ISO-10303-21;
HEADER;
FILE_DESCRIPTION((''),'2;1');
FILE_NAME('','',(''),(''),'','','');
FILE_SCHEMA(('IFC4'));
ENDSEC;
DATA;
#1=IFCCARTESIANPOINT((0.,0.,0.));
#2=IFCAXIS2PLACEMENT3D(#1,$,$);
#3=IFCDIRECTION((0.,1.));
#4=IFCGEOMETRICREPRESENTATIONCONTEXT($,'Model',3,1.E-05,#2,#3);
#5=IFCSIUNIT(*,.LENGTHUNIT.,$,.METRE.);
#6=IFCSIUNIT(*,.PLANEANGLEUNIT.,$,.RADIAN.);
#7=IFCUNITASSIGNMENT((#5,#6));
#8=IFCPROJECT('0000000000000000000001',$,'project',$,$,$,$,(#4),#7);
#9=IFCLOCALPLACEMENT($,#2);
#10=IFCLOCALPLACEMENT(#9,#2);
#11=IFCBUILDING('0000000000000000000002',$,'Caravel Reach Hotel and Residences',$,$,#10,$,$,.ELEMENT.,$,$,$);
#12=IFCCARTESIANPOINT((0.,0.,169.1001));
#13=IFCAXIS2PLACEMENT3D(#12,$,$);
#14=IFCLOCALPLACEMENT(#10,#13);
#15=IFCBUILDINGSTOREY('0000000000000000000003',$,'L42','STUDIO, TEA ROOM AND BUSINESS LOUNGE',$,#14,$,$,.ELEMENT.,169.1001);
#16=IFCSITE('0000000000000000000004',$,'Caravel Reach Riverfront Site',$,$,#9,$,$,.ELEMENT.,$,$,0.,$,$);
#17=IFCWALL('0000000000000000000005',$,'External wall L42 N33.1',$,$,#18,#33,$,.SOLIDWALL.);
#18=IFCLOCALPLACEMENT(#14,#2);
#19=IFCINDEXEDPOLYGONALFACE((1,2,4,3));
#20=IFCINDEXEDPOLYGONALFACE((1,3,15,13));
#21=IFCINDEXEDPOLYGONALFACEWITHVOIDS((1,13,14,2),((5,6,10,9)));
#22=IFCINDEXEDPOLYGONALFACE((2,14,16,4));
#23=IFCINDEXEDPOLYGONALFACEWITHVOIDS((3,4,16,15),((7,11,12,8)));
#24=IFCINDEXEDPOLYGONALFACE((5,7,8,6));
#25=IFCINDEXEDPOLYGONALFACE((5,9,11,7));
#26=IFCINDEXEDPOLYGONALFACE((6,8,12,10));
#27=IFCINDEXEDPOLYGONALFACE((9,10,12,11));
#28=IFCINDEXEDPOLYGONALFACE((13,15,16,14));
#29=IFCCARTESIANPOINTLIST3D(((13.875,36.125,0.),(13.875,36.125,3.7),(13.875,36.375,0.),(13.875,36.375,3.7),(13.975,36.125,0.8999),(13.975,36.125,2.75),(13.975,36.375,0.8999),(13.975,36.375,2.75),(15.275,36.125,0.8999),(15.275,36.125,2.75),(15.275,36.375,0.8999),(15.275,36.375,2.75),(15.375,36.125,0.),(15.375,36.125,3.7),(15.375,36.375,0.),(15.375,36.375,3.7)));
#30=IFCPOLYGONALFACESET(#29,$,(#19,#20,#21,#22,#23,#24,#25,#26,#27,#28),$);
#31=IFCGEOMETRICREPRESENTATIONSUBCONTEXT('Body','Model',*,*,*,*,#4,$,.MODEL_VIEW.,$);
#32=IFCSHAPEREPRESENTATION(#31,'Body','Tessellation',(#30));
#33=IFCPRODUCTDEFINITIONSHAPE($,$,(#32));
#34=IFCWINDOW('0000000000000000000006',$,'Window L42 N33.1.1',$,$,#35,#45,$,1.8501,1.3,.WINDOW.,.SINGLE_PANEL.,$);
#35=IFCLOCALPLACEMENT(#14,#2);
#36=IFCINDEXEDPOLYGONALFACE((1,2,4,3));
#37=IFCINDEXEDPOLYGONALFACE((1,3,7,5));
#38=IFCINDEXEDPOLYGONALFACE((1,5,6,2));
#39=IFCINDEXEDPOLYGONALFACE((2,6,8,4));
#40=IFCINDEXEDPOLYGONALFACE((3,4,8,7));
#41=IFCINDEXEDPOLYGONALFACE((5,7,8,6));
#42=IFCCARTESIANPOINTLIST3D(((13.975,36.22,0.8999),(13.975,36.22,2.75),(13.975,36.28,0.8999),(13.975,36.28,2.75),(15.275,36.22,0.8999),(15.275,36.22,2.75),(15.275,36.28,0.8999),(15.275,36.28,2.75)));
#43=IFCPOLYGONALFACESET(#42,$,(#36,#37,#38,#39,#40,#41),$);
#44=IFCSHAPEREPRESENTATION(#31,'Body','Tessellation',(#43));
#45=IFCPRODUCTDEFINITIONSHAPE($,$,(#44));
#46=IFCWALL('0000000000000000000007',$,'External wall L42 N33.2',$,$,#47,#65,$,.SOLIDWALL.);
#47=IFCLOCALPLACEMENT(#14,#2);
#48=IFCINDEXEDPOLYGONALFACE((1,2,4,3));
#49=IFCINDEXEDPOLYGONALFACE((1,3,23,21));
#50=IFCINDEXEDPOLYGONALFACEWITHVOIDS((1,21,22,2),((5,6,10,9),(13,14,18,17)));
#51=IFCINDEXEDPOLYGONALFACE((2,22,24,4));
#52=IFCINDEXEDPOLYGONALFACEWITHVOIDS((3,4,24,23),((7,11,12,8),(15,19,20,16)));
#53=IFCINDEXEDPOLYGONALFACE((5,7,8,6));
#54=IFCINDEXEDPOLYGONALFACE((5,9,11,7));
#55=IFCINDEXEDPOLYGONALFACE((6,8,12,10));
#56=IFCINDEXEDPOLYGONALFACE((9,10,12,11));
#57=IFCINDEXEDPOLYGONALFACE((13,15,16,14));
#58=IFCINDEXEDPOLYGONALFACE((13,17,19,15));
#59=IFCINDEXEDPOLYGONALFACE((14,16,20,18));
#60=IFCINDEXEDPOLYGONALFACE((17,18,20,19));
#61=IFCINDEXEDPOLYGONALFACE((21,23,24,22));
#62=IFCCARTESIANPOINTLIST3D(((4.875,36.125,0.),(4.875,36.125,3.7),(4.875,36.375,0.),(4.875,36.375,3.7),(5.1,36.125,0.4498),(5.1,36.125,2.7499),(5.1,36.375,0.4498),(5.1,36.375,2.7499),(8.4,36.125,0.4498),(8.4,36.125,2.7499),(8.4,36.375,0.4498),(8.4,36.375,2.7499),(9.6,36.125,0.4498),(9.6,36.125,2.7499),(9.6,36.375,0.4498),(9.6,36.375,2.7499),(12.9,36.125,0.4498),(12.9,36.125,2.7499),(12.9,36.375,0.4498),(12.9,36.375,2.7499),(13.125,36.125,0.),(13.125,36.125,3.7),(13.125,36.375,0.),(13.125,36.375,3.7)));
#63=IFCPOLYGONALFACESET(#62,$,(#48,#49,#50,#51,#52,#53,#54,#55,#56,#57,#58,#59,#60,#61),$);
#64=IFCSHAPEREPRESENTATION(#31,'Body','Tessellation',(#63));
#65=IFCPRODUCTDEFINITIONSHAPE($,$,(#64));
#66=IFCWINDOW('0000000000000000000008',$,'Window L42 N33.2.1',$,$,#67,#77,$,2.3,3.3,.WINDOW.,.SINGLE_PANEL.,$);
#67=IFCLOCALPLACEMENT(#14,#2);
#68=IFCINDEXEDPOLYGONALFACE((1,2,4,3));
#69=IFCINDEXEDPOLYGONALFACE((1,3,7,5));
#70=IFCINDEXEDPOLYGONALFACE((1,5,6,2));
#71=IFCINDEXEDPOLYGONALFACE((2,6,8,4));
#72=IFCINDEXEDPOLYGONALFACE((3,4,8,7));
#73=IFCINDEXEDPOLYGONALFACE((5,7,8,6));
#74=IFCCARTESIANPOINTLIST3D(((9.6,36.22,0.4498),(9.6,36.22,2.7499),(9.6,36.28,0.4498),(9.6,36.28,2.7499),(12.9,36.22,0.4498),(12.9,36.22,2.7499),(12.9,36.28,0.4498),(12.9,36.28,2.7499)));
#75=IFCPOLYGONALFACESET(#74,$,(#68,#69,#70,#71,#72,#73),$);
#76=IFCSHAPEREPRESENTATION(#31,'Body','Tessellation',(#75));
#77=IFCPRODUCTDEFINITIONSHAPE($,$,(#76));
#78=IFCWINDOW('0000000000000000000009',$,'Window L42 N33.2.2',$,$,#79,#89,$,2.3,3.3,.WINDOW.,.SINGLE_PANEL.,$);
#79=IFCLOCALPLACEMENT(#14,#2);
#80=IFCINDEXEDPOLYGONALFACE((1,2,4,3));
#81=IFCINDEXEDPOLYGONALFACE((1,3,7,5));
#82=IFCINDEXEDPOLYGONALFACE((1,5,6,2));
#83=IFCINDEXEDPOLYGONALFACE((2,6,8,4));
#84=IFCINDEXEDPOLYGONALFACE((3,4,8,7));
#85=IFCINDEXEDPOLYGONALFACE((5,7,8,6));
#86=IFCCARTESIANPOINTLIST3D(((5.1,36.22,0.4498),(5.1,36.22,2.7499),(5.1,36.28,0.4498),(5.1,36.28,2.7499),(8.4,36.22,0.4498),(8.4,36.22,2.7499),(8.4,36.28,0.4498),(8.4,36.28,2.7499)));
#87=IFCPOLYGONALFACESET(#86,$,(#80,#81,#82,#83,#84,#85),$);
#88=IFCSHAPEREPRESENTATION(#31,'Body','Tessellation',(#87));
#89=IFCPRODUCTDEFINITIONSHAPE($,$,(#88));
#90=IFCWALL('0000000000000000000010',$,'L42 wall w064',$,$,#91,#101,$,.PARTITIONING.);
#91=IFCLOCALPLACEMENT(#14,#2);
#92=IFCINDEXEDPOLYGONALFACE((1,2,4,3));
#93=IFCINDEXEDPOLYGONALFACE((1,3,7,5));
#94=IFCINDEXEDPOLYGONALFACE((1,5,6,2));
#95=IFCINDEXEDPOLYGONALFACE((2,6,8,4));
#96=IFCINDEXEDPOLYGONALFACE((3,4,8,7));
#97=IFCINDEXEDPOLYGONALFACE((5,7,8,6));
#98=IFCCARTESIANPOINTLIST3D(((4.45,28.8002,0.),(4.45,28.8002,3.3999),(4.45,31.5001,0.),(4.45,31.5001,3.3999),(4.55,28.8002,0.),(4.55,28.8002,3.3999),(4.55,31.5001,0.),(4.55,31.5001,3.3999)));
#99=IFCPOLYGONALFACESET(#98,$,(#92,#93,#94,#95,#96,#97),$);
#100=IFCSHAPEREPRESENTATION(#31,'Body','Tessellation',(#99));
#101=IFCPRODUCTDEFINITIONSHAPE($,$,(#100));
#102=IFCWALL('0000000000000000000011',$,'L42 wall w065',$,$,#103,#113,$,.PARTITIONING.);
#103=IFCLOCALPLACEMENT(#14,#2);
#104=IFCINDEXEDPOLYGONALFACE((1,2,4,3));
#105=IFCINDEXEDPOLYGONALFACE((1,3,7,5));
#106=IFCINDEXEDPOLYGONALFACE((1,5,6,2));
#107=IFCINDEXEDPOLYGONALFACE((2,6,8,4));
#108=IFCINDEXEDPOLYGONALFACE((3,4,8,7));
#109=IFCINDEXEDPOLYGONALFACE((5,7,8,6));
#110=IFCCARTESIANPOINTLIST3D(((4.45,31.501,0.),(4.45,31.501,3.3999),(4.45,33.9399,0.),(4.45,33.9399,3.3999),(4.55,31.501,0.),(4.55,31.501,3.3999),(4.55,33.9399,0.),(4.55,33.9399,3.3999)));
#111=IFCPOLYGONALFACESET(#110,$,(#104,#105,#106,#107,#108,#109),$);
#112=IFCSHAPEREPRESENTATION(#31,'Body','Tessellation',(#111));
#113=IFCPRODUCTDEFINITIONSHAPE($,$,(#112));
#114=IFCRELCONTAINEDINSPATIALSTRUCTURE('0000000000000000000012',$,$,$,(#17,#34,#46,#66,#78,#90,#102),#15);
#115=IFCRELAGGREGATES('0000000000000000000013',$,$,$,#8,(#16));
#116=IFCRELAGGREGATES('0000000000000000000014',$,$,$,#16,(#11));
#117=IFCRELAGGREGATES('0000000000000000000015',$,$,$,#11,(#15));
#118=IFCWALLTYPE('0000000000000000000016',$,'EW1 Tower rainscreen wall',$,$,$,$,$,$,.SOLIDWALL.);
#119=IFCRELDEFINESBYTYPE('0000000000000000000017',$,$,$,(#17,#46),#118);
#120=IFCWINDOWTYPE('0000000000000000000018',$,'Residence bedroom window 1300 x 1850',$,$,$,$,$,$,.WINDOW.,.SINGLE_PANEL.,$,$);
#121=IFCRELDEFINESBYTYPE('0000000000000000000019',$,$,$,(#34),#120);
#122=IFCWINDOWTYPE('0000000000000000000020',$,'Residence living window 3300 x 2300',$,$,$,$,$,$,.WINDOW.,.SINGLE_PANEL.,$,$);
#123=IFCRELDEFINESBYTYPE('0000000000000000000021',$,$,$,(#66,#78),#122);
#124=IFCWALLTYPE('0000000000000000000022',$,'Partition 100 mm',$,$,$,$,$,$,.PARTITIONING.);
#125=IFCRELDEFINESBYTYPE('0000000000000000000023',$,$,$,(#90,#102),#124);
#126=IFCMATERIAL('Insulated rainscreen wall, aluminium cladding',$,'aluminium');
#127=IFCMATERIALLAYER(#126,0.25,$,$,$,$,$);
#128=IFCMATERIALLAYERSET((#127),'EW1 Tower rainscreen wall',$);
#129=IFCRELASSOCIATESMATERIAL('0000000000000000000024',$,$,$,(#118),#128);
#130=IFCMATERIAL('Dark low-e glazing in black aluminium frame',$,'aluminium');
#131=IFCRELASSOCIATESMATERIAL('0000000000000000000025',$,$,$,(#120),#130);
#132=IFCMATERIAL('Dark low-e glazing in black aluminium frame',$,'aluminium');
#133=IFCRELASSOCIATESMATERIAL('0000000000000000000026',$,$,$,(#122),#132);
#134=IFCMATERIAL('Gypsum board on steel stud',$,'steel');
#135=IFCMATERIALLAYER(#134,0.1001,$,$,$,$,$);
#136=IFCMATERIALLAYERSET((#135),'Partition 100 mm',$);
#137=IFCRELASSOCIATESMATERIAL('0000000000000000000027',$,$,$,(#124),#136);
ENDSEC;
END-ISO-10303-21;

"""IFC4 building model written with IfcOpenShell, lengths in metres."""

from ifc_helpers import new_model, si_unit, direction, frame, frame_2d, origin, place, context, subcontext, project, spatial, rectangle, extrude, material, layer, layer_set, type_object, element, fill, save


model = new_model("IFC4")

# Units and contexts
model_context = context("Model", 3, precision=1e-05, world=origin(), true_north=direction((0.0, 1.0)))
body_context = subcontext(model_context, "Body", "Model", "MODEL_VIEW")
ifc_project = project(units=[si_unit("LENGTHUNIT", "METRE"), si_unit("PLANEANGLEUNIT", "RADIAN")], contexts=[model_context])

# Site, building, storey
site_placement = place(None, origin())
site = spatial("IfcSite", under=ifc_project, at=site_placement, Name="Caravel Reach Riverfront Site", CompositionType="ELEMENT", RefElevation=0.0)
building_placement = place(site_placement, origin())
building = spatial("IfcBuilding", under=site, at=building_placement, Name="Caravel Reach Hotel and Residences", CompositionType="ELEMENT")
storey_placement = place(building_placement, frame((0.0, 0.0, 169.1001)))
storey = spatial("IfcBuildingStorey", under=building, at=storey_placement, Name="L42", Description="STUDIO, TEA ROOM AND BUSINESS LOUNGE", CompositionType="ELEMENT", Elevation=169.1001)

# Wall, opening, window
ifc_material_1 = material(Name="Insulated rainscreen wall, aluminium cladding", Category="aluminium")
ifc_layer_1 = layer(ifc_material_1, 0.25)
ifc_layer_set_1 = layer_set([ifc_layer_1], Name="EW1 Tower rainscreen wall")
wall_type_1 = type_object("IfcWallType", Name="EW1 Tower rainscreen wall", PredefinedType="SOLIDWALL", material=ifc_layer_set_1)
ifc_material_2 = material(Name="Dark low-e glazing in black aluminium frame", Category="aluminium")
window_type_1 = type_object("IfcWindowType", Name="Residence bedroom window 1300 x 1850", PartitioningType="SINGLE_PANEL", PredefinedType="WINDOW", material=ifc_material_2)
wall_1_placement = place(storey_placement, frame((15.375, 36.25, 0.0), z_axis=(0.0, 0.0, 1.0), x_axis=(-1.0, 0.0, 0.0)))
wall_1 = element("IfcWall", 1, at=wall_1_placement, inside=storey, type_object=wall_type_1, Name="External wall L42 N33.1", PredefinedType="SOLIDWALL", context=body_context, shape_type="SweptSolid", body=[
    extrude(rectangle(XDim=1.5, YDim=0.25, at=frame_2d((0.75, 0.0))), origin(), (0.0, 0.0, 1.0), 3.7),
])
opening_1_placement = place(wall_1_placement, frame((0.1001, 0.0, 0.8999)))
opening_1 = element("IfcOpeningElement", 2, at=opening_1_placement, cuts=wall_1, PredefinedType="OPENING", context=body_context, shape_type="SweptSolid", body=[
    extrude(rectangle(XDim=1.3, YDim=1.8501, at=frame_2d((0.6499, 0.925))), frame((0.0, 0.135, 0.0), z_axis=(0.0, -1.0, 0.0), x_axis=(1.0, 0.0, 0.0)), (0.0, 0.0, 1.0), 0.27),
])
window_1_placement = place(opening_1_placement, origin())
window_1 = element("IfcWindow", 3, at=window_1_placement, inside=storey, type_object=window_type_1, Name="Window L42 N33.1.1", OverallHeight=1.8501, OverallWidth=1.3, PartitioningType="SINGLE_PANEL", PredefinedType="WINDOW", context=body_context, shape_type="SweptSolid", body=[
    extrude(rectangle(XDim=1.3, YDim=1.8501, at=frame_2d((0.6499, 0.925))), frame((0.0, 0.03, 0.0), z_axis=(0.0, -1.0, 0.0), x_axis=(1.0, 0.0, 0.0)), (0.0, 0.0, 1.0), 0.0601),
])
fill(opening_1, window_1)

# Wall, openings, windows
wall_2_placement = place(storey_placement, frame((13.125, 36.25, 0.0), z_axis=(0.0, 0.0, 1.0), x_axis=(-1.0, 0.0, 0.0)))
wall_2 = element("IfcWall", 4, at=wall_2_placement, inside=storey, type_object=wall_type_1, Name="External wall L42 N33.2", PredefinedType="SOLIDWALL", context=body_context, shape_type="SweptSolid", body=[
    extrude(rectangle(XDim=8.25, YDim=0.25, at=frame_2d((4.125, 0.0))), origin(), (0.0, 0.0, 1.0), 3.7),
])
opening_2_placement = place(wall_2_placement, frame((0.2251, 0.0, 0.45)))
opening_2 = element("IfcOpeningElement", 5, at=opening_2_placement, cuts=wall_2, PredefinedType="OPENING", context=body_context, shape_type="SweptSolid", body=[
    extrude(rectangle(XDim=3.3, YDim=2.3, at=frame_2d((1.6499, 1.1499))), frame((0.0, 0.135, 0.0), z_axis=(0.0, -1.0, 0.0), x_axis=(1.0, 0.0, 0.0)), (0.0, 0.0, 1.0), 0.27),
])
opening_3_placement = place(wall_2_placement, frame((4.7251, 0.0, 0.45)))
opening_3 = element("IfcOpeningElement", 6, at=opening_3_placement, cuts=wall_2, PredefinedType="OPENING", context=body_context, shape_type="SweptSolid", body=[
    extrude(rectangle(XDim=3.3, YDim=2.3, at=frame_2d((1.6499, 1.1499))), frame((0.0, 0.135, 0.0), z_axis=(0.0, -1.0, 0.0), x_axis=(1.0, 0.0, 0.0)), (0.0, 0.0, 1.0), 0.27),
])
ifc_material_3 = material(Name="Dark low-e glazing in black aluminium frame", Category="aluminium")
window_type_2 = type_object("IfcWindowType", Name="Residence living window 3300 x 2300", PartitioningType="SINGLE_PANEL", PredefinedType="WINDOW", material=ifc_material_3)
window_2_placement = place(opening_2_placement, origin())
window_2 = element("IfcWindow", 7, at=window_2_placement, inside=storey, type_object=window_type_2, Name="Window L42 N33.2.1", OverallHeight=2.3, OverallWidth=3.3, PartitioningType="SINGLE_PANEL", PredefinedType="WINDOW", context=body_context, shape_type="SweptSolid", body=[
    extrude(rectangle(XDim=3.3, YDim=2.3, at=frame_2d((1.6499, 1.1499))), frame((0.0, 0.03, 0.0), z_axis=(0.0, -1.0, 0.0), x_axis=(1.0, 0.0, 0.0)), (0.0, 0.0, 1.0), 0.0601),
])
fill(opening_2, window_2)
window_3_placement = place(opening_3_placement, origin())
window_3 = element("IfcWindow", 8, at=window_3_placement, inside=storey, type_object=window_type_2, Name="Window L42 N33.2.2", OverallHeight=2.3, OverallWidth=3.3, PartitioningType="SINGLE_PANEL", PredefinedType="WINDOW", context=body_context, shape_type="SweptSolid", body=[
    extrude(rectangle(XDim=3.3, YDim=2.3, at=frame_2d((1.6499, 1.1499))), frame((0.0, 0.03, 0.0), z_axis=(0.0, -1.0, 0.0), x_axis=(1.0, 0.0, 0.0)), (0.0, 0.0, 1.0), 0.0601),
])
fill(opening_3, window_3)

# Walls
ifc_material_4 = material(Name="Gypsum board on steel stud", Category="steel")
ifc_layer_2 = layer(ifc_material_4, 0.1001)
ifc_layer_set_2 = layer_set([ifc_layer_2], Name="Partition 100 mm")
wall_type_2 = type_object("IfcWallType", Name="Partition 100 mm", PredefinedType="PARTITIONING", material=ifc_layer_set_2)
wall_3_placement = place(storey_placement, frame((4.5, 28.8, 0.0), z_axis=(0.0, 0.0, 1.0), x_axis=(0.0, 1.0, 0.0)))
element("IfcWall", 9, at=wall_3_placement, inside=storey, type_object=wall_type_2, Name="L42 wall w064", PredefinedType="PARTITIONING", context=body_context, shape_type="SweptSolid", body=[
    extrude(rectangle(XDim=2.7, YDim=0.1001, at=frame_2d((1.3501, 0.0))), origin(), (0.0, 0.0, 1.0), 3.3999),
])
wall_4_placement = place(storey_placement, frame((4.5, 31.501, 0.0), z_axis=(0.0, 0.0, 1.0), x_axis=(0.0, 1.0, 0.0)))
element("IfcWall", 10, at=wall_4_placement, inside=storey, type_object=wall_type_2, Name="L42 wall w065", PredefinedType="PARTITIONING", context=body_context, shape_type="SweptSolid", body=[
    extrude(rectangle(XDim=2.439, YDim=0.1001, at=frame_2d((1.2195, 0.0))), origin(), (0.0, 0.0, 1.0), 3.3999),
])

save(model, "model.ifc")
